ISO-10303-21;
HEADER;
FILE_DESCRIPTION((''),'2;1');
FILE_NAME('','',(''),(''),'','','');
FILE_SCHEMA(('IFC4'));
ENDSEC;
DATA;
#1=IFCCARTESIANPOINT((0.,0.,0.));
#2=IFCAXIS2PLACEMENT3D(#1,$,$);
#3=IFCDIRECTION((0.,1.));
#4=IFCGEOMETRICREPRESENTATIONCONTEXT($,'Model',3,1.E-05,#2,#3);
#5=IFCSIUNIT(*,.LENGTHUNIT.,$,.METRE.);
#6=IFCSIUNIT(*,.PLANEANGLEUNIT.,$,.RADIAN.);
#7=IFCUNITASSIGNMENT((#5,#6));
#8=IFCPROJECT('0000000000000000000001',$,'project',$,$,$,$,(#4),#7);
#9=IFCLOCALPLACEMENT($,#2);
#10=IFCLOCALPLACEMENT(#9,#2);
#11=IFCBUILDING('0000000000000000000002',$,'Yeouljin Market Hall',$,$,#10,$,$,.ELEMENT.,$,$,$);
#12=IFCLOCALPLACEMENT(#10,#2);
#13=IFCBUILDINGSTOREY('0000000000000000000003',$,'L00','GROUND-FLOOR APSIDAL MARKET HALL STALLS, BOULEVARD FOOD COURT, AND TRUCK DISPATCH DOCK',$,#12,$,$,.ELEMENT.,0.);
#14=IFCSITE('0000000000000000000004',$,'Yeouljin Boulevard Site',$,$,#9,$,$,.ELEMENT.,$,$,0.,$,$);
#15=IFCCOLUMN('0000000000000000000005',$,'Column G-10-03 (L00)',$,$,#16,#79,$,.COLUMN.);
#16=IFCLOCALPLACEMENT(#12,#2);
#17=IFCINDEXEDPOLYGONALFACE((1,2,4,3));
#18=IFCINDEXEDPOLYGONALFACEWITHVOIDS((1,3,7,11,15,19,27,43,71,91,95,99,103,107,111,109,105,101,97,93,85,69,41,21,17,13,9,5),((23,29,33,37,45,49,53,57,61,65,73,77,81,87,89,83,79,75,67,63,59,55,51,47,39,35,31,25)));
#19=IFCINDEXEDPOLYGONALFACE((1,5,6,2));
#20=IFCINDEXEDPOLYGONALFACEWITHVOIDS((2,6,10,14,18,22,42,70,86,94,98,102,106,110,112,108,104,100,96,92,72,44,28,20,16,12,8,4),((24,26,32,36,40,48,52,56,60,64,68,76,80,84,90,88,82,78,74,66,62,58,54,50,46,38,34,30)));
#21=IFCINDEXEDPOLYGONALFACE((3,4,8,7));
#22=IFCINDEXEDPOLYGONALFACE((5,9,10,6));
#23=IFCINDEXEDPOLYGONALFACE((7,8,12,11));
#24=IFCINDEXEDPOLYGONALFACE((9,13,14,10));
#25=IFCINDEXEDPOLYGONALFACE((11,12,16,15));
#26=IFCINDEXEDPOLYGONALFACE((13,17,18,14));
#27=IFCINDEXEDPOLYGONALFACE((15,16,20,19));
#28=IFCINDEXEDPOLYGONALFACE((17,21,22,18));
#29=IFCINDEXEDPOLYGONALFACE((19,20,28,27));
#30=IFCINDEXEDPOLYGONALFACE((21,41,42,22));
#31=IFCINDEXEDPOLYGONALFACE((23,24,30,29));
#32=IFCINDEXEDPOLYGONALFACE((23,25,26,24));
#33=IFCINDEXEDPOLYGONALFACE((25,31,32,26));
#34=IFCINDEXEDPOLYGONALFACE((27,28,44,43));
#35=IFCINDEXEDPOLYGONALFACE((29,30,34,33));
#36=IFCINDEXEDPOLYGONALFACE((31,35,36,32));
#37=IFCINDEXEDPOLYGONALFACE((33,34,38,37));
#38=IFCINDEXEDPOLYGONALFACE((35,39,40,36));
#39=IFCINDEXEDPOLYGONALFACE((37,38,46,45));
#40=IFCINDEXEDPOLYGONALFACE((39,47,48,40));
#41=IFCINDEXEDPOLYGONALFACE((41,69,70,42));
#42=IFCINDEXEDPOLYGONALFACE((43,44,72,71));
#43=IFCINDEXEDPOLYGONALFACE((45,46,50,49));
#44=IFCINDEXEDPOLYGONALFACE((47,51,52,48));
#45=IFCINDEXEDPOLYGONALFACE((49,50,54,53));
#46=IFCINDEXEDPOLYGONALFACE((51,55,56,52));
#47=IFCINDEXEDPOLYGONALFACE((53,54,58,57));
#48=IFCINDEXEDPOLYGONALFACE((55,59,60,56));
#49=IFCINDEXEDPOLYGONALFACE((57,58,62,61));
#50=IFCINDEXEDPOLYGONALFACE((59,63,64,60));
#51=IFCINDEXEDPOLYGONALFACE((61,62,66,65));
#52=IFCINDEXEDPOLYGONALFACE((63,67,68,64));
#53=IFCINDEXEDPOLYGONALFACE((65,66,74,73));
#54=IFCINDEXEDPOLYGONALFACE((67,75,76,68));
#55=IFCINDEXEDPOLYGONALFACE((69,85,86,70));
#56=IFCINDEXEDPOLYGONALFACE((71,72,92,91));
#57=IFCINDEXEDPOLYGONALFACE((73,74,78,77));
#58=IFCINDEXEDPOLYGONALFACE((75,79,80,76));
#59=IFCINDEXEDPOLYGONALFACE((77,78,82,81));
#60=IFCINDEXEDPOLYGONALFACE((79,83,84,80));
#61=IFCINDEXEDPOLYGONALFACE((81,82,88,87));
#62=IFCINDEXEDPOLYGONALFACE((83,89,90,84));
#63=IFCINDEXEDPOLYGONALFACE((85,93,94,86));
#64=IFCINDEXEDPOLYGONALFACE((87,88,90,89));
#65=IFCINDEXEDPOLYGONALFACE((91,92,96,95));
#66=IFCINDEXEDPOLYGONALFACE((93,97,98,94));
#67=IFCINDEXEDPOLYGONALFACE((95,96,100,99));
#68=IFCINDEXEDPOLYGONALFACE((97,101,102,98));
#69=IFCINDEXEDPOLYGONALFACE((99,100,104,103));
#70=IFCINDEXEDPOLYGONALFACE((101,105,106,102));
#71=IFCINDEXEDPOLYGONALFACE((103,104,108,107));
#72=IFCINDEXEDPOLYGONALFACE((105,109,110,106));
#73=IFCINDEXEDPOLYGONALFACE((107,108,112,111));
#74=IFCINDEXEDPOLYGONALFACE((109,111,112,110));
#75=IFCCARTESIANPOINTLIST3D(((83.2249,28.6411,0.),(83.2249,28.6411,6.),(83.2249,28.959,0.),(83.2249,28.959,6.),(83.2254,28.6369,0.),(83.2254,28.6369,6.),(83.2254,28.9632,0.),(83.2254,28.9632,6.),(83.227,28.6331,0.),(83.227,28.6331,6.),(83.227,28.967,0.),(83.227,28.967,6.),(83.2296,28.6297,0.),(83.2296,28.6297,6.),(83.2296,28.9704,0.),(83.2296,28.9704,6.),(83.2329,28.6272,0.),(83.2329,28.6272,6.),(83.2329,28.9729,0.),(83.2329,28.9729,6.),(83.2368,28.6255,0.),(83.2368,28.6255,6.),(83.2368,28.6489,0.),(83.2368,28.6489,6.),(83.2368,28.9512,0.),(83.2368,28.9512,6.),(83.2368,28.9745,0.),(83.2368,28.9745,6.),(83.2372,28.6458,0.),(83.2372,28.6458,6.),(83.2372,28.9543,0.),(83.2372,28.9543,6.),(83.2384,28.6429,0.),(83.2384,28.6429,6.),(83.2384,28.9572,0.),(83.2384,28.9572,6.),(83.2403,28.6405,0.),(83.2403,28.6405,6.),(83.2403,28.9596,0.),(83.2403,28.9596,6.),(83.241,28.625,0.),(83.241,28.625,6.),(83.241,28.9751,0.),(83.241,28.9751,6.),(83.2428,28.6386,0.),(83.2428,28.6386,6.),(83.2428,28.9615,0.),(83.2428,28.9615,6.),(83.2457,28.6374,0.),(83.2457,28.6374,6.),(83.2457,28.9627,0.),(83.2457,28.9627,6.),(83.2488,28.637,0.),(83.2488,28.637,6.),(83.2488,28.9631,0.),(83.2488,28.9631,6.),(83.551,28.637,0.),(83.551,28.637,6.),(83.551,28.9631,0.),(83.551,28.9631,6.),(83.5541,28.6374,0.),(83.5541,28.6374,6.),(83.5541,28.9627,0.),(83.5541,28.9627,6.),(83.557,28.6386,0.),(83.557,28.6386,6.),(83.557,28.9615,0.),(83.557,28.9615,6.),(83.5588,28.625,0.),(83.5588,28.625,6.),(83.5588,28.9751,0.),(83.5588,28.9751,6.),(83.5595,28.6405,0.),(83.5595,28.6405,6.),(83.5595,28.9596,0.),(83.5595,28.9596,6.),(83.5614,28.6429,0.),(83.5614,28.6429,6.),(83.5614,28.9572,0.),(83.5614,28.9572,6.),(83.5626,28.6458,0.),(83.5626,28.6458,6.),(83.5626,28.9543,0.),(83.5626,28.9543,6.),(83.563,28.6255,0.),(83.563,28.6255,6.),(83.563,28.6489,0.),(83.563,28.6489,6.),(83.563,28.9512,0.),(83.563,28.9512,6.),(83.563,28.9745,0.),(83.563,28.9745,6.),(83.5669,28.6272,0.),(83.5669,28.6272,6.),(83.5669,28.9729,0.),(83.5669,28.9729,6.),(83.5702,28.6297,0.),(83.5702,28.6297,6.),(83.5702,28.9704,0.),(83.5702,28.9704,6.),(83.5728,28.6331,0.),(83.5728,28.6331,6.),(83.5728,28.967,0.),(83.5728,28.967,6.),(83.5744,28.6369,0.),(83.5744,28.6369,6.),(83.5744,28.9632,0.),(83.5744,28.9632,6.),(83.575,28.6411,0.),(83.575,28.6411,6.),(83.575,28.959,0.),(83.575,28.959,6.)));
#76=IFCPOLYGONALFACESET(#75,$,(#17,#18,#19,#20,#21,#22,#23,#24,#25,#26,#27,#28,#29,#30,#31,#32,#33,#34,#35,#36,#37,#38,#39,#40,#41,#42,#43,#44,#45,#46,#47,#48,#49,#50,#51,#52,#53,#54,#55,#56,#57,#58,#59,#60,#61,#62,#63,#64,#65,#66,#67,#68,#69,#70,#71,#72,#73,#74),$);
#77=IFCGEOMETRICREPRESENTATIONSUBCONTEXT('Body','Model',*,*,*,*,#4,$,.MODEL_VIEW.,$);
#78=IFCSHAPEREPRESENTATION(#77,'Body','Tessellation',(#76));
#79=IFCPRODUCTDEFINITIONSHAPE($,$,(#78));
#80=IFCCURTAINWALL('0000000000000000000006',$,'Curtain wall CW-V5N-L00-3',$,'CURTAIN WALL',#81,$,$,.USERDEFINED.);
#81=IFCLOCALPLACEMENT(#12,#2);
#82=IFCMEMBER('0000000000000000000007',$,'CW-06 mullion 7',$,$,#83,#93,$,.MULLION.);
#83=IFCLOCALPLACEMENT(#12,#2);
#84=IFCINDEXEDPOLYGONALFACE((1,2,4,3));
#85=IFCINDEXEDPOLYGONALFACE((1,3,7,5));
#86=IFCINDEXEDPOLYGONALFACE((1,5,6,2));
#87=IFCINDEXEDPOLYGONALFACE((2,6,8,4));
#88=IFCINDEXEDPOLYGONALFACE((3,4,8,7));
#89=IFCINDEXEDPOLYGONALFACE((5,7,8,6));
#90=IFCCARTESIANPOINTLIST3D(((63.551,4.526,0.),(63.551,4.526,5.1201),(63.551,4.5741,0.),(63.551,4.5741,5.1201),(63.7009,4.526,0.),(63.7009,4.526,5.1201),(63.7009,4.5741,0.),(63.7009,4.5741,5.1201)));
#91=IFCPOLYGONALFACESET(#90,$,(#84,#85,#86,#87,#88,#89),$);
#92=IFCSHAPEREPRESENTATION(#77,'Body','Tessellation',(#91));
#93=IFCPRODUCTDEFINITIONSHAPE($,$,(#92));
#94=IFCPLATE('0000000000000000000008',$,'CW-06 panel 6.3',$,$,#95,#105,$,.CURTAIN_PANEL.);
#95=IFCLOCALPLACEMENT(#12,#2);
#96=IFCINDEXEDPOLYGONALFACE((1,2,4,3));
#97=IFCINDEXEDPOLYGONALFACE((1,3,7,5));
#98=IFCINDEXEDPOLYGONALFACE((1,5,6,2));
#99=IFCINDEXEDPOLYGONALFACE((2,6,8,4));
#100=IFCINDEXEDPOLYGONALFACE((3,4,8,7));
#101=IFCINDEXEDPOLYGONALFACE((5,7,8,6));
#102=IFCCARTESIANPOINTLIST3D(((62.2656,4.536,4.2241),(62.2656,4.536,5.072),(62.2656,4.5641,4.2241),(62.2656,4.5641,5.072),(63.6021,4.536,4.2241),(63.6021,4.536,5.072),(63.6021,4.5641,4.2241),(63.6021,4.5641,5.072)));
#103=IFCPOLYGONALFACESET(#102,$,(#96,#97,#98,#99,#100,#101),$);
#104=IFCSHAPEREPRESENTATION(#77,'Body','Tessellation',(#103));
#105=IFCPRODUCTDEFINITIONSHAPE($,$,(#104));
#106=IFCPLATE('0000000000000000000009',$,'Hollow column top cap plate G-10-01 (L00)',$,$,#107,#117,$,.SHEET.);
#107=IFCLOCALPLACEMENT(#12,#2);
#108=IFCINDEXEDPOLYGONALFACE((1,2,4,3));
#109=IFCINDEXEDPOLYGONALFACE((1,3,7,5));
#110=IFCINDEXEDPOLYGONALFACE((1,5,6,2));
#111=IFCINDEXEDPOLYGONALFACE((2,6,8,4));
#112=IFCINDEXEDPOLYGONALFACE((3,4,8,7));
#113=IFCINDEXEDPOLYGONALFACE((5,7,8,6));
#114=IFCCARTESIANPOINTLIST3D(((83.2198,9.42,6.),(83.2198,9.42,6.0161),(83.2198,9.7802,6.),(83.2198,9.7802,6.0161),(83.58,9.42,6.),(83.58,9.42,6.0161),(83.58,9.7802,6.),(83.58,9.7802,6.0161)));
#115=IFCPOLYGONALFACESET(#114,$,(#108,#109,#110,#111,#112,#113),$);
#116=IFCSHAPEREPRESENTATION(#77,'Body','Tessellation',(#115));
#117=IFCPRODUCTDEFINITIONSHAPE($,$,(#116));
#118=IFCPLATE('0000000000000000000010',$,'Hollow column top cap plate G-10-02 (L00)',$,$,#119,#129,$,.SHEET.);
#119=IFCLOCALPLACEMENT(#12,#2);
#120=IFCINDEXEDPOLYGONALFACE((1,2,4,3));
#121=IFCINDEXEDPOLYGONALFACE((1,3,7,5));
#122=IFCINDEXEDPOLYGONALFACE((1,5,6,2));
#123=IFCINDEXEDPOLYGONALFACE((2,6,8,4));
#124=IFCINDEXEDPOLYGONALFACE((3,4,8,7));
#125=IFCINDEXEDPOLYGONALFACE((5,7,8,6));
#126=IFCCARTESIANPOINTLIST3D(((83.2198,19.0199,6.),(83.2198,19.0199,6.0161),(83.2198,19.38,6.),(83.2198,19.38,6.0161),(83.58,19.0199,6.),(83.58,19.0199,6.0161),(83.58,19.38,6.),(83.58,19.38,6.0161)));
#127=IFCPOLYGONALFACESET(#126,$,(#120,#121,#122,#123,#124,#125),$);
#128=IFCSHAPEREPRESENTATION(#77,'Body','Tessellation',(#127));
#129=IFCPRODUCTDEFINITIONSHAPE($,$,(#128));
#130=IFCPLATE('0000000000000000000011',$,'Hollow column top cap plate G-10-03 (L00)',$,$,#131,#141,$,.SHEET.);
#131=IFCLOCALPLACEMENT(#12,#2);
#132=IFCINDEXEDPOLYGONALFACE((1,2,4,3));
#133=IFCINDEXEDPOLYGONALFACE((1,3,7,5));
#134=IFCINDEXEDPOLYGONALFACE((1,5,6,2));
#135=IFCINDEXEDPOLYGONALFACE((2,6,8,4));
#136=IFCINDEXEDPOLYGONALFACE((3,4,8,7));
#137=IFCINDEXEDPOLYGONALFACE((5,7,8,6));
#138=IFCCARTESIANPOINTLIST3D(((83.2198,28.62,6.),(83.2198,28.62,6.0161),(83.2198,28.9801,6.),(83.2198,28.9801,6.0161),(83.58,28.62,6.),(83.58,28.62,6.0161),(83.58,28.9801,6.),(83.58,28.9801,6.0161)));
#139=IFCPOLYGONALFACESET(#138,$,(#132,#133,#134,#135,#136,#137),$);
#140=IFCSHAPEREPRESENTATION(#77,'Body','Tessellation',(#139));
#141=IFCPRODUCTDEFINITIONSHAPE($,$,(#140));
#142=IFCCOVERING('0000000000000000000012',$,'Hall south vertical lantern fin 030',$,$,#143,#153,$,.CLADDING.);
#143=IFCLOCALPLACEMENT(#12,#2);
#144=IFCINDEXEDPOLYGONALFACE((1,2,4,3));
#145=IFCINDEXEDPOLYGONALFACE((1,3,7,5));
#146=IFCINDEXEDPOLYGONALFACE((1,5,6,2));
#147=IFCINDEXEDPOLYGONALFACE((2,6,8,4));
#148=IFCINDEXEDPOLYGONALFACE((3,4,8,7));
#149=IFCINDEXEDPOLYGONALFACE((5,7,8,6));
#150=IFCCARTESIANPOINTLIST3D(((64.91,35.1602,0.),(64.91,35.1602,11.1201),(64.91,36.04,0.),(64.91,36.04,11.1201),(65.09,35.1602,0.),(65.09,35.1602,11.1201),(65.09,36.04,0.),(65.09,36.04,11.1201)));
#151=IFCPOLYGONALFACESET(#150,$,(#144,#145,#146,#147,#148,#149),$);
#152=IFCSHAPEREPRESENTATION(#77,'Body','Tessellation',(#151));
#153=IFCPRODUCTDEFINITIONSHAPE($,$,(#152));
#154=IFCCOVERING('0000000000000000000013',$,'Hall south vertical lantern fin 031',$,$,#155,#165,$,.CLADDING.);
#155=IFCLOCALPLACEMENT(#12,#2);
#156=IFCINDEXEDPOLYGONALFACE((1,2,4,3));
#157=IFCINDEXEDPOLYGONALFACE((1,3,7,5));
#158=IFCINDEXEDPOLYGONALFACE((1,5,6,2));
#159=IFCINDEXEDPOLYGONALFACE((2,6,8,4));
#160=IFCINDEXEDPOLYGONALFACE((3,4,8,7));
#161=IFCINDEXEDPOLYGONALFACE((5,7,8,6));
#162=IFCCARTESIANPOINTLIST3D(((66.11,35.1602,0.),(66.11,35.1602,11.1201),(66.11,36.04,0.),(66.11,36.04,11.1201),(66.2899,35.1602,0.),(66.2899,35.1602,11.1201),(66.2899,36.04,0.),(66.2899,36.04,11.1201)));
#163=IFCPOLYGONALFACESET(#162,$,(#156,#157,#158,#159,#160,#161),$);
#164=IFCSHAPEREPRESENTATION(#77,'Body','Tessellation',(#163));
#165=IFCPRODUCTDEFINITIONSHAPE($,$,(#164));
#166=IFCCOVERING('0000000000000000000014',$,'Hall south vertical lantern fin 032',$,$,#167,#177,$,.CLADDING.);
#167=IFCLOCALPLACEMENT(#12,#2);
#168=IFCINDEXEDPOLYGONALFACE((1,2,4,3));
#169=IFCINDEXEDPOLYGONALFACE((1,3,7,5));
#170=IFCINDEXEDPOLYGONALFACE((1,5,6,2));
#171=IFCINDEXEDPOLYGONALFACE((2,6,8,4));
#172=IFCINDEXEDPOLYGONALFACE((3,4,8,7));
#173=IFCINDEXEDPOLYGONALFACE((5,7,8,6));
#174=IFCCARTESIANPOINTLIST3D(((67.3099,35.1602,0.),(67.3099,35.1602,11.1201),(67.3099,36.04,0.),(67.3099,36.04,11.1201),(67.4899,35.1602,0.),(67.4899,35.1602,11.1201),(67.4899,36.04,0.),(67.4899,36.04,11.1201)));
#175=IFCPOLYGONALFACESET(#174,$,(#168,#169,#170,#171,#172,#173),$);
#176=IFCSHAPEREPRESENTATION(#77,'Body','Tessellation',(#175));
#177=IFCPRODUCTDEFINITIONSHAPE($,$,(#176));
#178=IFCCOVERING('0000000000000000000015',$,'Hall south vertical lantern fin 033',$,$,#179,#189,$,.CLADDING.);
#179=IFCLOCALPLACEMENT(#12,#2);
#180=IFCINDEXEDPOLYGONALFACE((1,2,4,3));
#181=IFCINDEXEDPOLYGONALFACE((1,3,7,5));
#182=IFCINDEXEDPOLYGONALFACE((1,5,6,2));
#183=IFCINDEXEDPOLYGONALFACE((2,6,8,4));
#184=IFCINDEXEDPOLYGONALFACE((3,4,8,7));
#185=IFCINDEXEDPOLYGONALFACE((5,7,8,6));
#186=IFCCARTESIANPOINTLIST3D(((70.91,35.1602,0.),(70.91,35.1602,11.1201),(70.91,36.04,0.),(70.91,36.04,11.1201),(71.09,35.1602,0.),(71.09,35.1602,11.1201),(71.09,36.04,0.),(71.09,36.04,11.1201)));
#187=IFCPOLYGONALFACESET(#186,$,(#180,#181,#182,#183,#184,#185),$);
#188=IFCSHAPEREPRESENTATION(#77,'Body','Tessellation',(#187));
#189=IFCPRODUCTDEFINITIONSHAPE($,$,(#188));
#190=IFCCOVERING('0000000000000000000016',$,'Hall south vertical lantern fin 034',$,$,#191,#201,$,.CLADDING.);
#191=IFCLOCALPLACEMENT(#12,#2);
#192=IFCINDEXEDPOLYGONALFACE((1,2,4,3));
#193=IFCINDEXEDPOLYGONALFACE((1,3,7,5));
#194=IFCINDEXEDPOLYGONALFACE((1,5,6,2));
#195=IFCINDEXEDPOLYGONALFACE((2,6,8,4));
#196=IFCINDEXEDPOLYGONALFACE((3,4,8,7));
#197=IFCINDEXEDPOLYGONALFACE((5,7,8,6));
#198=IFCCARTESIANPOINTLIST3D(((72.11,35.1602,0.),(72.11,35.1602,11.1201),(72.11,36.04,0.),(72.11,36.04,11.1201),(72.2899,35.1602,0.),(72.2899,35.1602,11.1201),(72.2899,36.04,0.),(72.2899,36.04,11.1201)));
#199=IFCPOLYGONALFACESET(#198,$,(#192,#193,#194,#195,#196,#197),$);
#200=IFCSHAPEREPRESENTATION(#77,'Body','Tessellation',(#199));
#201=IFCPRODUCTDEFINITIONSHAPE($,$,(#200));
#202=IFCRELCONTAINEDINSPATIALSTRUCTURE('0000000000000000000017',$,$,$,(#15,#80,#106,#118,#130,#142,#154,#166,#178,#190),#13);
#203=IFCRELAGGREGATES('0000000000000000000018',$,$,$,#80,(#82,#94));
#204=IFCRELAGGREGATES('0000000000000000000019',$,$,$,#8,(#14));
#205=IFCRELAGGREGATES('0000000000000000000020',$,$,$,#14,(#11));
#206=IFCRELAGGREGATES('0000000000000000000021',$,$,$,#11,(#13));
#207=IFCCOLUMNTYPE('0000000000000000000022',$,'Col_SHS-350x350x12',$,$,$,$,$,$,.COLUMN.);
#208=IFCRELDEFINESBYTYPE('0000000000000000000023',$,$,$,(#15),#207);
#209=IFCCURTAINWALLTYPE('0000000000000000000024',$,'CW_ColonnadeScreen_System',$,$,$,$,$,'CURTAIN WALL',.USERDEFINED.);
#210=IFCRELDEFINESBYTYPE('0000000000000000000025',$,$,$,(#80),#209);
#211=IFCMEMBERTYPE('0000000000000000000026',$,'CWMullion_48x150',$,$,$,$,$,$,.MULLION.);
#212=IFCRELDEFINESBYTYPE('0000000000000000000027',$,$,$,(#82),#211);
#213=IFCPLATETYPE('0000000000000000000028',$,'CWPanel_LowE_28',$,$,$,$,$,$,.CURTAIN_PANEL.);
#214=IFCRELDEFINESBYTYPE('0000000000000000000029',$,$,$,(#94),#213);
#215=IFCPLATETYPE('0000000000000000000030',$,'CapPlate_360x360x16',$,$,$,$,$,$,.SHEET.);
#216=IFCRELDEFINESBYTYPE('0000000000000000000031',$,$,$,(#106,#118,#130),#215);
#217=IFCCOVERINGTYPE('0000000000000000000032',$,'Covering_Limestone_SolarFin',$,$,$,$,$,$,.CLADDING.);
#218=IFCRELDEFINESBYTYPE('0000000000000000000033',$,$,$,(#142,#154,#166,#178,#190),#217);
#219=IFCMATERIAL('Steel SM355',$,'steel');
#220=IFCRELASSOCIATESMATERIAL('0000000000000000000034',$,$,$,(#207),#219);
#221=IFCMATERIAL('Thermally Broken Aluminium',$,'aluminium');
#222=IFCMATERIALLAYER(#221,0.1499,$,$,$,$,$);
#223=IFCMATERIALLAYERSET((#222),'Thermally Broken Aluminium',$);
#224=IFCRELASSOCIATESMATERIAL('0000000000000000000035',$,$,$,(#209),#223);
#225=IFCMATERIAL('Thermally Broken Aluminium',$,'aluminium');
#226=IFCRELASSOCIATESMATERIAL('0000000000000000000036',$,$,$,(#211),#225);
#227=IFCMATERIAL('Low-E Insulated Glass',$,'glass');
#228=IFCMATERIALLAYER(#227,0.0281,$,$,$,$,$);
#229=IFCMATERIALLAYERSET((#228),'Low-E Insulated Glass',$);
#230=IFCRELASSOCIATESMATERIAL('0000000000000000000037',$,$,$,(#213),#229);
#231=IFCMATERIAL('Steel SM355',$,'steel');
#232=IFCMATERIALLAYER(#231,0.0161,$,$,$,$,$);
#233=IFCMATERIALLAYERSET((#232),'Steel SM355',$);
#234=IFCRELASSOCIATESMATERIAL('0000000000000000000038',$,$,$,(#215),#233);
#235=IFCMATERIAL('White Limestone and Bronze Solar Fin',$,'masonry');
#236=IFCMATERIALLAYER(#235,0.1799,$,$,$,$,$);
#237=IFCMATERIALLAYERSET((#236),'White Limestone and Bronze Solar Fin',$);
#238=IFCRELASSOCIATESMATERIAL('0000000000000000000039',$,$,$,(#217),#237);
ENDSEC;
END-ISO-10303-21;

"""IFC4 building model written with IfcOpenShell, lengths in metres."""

from ifc_helpers import new_model, si_unit, direction, frame, origin, origin_2d, place, context, subcontext, project, spatial, rectangle, hollow_rectangle, extrude, material, layer, layer_set, material_profile, profile_set, type_object, element, aggregate, save


model = new_model("IFC4")

# Units and contexts
model_context = context("Model", 3, precision=1e-05, world=origin(), true_north=direction((0.0, 1.0)))
body_context = subcontext(model_context, "Body", "Model", "MODEL_VIEW")
ifc_project = project(units=[si_unit("LENGTHUNIT", "METRE"), si_unit("PLANEANGLEUNIT", "RADIAN")], contexts=[model_context])

# Site, building, storey
site_placement = place(None, origin())
site = spatial("IfcSite", under=ifc_project, at=site_placement, Name="Yeouljin Boulevard Site", CompositionType="ELEMENT", RefElevation=0.0)
building_placement = place(site_placement, origin())
building = spatial("IfcBuilding", under=site, at=building_placement, Name="Yeouljin Market Hall", CompositionType="ELEMENT")
storey_placement = place(building_placement, origin())
storey = spatial("IfcBuildingStorey", under=building, at=storey_placement, Name="L00", Description="GROUND-FLOOR APSIDAL MARKET HALL STALLS, BOULEVARD FOOD COURT, AND TRUCK DISPATCH DOCK", CompositionType="ELEMENT", Elevation=0.0)

# Column
ifc_material_1 = material(Name="Steel SM355", Category="steel")
ifc_material_profile_1 = material_profile(ifc_material_1, hollow_rectangle(XDim=0.3501, YDim=0.3501, WallThickness=0.012, InnerFilletRadius=0.012, OuterFilletRadius=0.0161, at=origin_2d()), Name="SHS-350x350x12")
ifc_profile_set_1 = profile_set([ifc_material_profile_1], Name="Steel SM355")
column_type_1 = type_object("IfcColumnType", Name="Col_SHS-350x350x12", PredefinedType="COLUMN", material=ifc_profile_set_1)
for number, where, z_axis, x_axis, name in (
    (1, (83.3999, 28.8, 0.0), (0.0, 0.0, 1.0), (1.0, 0.0, 0.0), "Column G-10-03 (L00)"),
):
    element("IfcColumn", number, at=place(storey_placement, frame(where, z_axis=z_axis, x_axis=x_axis)), inside=storey, type_object=column_type_1, Name=name, PredefinedType="COLUMN", context=body_context, shape_type="SweptSolid", body=[
        extrude(hollow_rectangle(XDim=0.3501, YDim=0.3501, WallThickness=0.012, InnerFilletRadius=0.012, OuterFilletRadius=0.0161, at=origin_2d()), origin(), (0.0, 0.0, 1.0), 6.0),
    ])

# Curtain wall, member, plate
ifc_material_2 = material(Name="Thermally Broken Aluminium", Category="aluminium")
ifc_layer_1 = layer(ifc_material_2, 0.1499)
ifc_layer_set_1 = layer_set([ifc_layer_1], Name="Thermally Broken Aluminium")
curtain_wall_type = type_object("IfcCurtainWallType", Name="CW_ColonnadeScreen_System", ElementType="CURTAIN WALL", PredefinedType="USERDEFINED", material=ifc_layer_set_1)
curtain_wall_placement = place(storey_placement, origin())
curtain_wall = element("IfcCurtainWall", 2, at=curtain_wall_placement, inside=storey, type_object=curtain_wall_type, Name="Curtain wall CW-V5N-L00-3", ObjectType="CURTAIN WALL", PredefinedType="USERDEFINED")
ifc_material_3 = material(Name="Thermally Broken Aluminium", Category="aluminium")
ifc_material_profile_2 = material_profile(ifc_material_3, rectangle(XDim=0.0481, YDim=0.1499, at=origin_2d()), Name="CW-MULL-48x150")
ifc_profile_set_2 = profile_set([ifc_material_profile_2], Name="Thermally Broken Aluminium")
member_type = type_object("IfcMemberType", Name="CWMullion_48x150", PredefinedType="MULLION", material=ifc_profile_set_2)
member_placement = place(storey_placement, frame((63.626, 4.55, 0.0), z_axis=(0.0, 0.0, 1.0), x_axis=(0.0, 1.0, 0.0)))
member = element("IfcMember", 3, at=member_placement, type_object=member_type, Name="CW-06 mullion 7", PredefinedType="MULLION", context=body_context, shape_type="SweptSolid", body=[
    extrude(rectangle(XDim=0.0481, YDim=0.1499, at=origin_2d()), origin(), (0.0, 0.0, 1.0), 5.1201),
])
ifc_material_4 = material(Name="Low-E Insulated Glass", Category="glass")
ifc_layer_2 = layer(ifc_material_4, 0.0281)
ifc_layer_set_2 = layer_set([ifc_layer_2], Name="Low-E Insulated Glass")
plate_type_1 = type_object("IfcPlateType", Name="CWPanel_LowE_28", PredefinedType="CURTAIN_PANEL", material=ifc_layer_set_2)
plate_placement = place(storey_placement, frame((62.9338, 4.55, 4.2241), z_axis=(0.0, 0.0, 1.0), x_axis=(1.0, 0.0, 0.0)))
plate = element("IfcPlate", 4, at=plate_placement, type_object=plate_type_1, Name="CW-06 panel 6.3", PredefinedType="CURTAIN_PANEL", context=body_context, shape_type="SweptSolid", body=[
    extrude(rectangle(XDim=1.3364, YDim=0.0281, at=origin_2d()), origin(), (0.0, 0.0, 1.0), 0.8479),
])
aggregate(curtain_wall, [member, plate])

# Plates
ifc_material_5 = material(Name="Steel SM355", Category="steel")
ifc_layer_3 = layer(ifc_material_5, 0.0161)
ifc_layer_set_3 = layer_set([ifc_layer_3], Name="Steel SM355")
plate_type_2 = type_object("IfcPlateType", Name="CapPlate_360x360x16", PredefinedType="SHEET", material=ifc_layer_set_3)
for number, where, z_axis, x_axis, name in (
    (5, (83.3999, 9.6001, 6.0), (0.0, 0.0, 1.0), (1.0, 0.0, 0.0), "Hollow column top cap plate G-10-01 (L00)"),
    (6, (83.3999, 19.2, 6.0), (0.0, 0.0, 1.0), (1.0, 0.0, 0.0), "Hollow column top cap plate G-10-02 (L00)"),
    (7, (83.3999, 28.8, 6.0), (0.0, 0.0, 1.0), (1.0, 0.0, 0.0), "Hollow column top cap plate G-10-03 (L00)"),
):
    element("IfcPlate", number, at=place(storey_placement, frame(where, z_axis=z_axis, x_axis=x_axis)), inside=storey, type_object=plate_type_2, Name=name, PredefinedType="SHEET", context=body_context, shape_type="SweptSolid", body=[
        extrude(rectangle(XDim=0.3601, YDim=0.3601, at=origin_2d()), origin(), (0.0, 0.0, 1.0), 0.0161),
    ])

# Coverings
ifc_material_6 = material(Name="White Limestone and Bronze Solar Fin", Category="masonry")
ifc_layer_4 = layer(ifc_material_6, 0.1799)
ifc_layer_set_4 = layer_set([ifc_layer_4], Name="White Limestone and Bronze Solar Fin")
covering_type = type_object("IfcCoveringType", Name="Covering_Limestone_SolarFin", PredefinedType="CLADDING", material=ifc_layer_set_4)
for number, where, z_axis, x_axis, name in (
    (8, (65.0, 35.6001, 0.0), (0.0, 0.0, 1.0), (1.0, 0.0, 0.0), "Hall south vertical lantern fin 030"),
    (9, (66.2, 35.6001, 0.0), (0.0, 0.0, 1.0), (1.0, 0.0, 0.0), "Hall south vertical lantern fin 031"),
    (10, (67.3999, 35.6001, 0.0), (0.0, 0.0, 1.0), (1.0, 0.0, 0.0), "Hall south vertical lantern fin 032"),
    (11, (71.0, 35.6001, 0.0), (0.0, 0.0, 1.0), (1.0, 0.0, 0.0), "Hall south vertical lantern fin 033"),
    (12, (72.2, 35.6001, 0.0), (0.0, 0.0, 1.0), (1.0, 0.0, 0.0), "Hall south vertical lantern fin 034"),
):
    element("IfcCovering", number, at=place(storey_placement, frame(where, z_axis=z_axis, x_axis=x_axis)), inside=storey, type_object=covering_type, Name=name, PredefinedType="CLADDING", context=body_context, shape_type="SweptSolid", body=[
        extrude(rectangle(XDim=0.1799, YDim=0.8799, at=origin_2d()), origin(), (0.0, 0.0, 1.0), 11.1201),
    ])

save(model, "model.ifc")
